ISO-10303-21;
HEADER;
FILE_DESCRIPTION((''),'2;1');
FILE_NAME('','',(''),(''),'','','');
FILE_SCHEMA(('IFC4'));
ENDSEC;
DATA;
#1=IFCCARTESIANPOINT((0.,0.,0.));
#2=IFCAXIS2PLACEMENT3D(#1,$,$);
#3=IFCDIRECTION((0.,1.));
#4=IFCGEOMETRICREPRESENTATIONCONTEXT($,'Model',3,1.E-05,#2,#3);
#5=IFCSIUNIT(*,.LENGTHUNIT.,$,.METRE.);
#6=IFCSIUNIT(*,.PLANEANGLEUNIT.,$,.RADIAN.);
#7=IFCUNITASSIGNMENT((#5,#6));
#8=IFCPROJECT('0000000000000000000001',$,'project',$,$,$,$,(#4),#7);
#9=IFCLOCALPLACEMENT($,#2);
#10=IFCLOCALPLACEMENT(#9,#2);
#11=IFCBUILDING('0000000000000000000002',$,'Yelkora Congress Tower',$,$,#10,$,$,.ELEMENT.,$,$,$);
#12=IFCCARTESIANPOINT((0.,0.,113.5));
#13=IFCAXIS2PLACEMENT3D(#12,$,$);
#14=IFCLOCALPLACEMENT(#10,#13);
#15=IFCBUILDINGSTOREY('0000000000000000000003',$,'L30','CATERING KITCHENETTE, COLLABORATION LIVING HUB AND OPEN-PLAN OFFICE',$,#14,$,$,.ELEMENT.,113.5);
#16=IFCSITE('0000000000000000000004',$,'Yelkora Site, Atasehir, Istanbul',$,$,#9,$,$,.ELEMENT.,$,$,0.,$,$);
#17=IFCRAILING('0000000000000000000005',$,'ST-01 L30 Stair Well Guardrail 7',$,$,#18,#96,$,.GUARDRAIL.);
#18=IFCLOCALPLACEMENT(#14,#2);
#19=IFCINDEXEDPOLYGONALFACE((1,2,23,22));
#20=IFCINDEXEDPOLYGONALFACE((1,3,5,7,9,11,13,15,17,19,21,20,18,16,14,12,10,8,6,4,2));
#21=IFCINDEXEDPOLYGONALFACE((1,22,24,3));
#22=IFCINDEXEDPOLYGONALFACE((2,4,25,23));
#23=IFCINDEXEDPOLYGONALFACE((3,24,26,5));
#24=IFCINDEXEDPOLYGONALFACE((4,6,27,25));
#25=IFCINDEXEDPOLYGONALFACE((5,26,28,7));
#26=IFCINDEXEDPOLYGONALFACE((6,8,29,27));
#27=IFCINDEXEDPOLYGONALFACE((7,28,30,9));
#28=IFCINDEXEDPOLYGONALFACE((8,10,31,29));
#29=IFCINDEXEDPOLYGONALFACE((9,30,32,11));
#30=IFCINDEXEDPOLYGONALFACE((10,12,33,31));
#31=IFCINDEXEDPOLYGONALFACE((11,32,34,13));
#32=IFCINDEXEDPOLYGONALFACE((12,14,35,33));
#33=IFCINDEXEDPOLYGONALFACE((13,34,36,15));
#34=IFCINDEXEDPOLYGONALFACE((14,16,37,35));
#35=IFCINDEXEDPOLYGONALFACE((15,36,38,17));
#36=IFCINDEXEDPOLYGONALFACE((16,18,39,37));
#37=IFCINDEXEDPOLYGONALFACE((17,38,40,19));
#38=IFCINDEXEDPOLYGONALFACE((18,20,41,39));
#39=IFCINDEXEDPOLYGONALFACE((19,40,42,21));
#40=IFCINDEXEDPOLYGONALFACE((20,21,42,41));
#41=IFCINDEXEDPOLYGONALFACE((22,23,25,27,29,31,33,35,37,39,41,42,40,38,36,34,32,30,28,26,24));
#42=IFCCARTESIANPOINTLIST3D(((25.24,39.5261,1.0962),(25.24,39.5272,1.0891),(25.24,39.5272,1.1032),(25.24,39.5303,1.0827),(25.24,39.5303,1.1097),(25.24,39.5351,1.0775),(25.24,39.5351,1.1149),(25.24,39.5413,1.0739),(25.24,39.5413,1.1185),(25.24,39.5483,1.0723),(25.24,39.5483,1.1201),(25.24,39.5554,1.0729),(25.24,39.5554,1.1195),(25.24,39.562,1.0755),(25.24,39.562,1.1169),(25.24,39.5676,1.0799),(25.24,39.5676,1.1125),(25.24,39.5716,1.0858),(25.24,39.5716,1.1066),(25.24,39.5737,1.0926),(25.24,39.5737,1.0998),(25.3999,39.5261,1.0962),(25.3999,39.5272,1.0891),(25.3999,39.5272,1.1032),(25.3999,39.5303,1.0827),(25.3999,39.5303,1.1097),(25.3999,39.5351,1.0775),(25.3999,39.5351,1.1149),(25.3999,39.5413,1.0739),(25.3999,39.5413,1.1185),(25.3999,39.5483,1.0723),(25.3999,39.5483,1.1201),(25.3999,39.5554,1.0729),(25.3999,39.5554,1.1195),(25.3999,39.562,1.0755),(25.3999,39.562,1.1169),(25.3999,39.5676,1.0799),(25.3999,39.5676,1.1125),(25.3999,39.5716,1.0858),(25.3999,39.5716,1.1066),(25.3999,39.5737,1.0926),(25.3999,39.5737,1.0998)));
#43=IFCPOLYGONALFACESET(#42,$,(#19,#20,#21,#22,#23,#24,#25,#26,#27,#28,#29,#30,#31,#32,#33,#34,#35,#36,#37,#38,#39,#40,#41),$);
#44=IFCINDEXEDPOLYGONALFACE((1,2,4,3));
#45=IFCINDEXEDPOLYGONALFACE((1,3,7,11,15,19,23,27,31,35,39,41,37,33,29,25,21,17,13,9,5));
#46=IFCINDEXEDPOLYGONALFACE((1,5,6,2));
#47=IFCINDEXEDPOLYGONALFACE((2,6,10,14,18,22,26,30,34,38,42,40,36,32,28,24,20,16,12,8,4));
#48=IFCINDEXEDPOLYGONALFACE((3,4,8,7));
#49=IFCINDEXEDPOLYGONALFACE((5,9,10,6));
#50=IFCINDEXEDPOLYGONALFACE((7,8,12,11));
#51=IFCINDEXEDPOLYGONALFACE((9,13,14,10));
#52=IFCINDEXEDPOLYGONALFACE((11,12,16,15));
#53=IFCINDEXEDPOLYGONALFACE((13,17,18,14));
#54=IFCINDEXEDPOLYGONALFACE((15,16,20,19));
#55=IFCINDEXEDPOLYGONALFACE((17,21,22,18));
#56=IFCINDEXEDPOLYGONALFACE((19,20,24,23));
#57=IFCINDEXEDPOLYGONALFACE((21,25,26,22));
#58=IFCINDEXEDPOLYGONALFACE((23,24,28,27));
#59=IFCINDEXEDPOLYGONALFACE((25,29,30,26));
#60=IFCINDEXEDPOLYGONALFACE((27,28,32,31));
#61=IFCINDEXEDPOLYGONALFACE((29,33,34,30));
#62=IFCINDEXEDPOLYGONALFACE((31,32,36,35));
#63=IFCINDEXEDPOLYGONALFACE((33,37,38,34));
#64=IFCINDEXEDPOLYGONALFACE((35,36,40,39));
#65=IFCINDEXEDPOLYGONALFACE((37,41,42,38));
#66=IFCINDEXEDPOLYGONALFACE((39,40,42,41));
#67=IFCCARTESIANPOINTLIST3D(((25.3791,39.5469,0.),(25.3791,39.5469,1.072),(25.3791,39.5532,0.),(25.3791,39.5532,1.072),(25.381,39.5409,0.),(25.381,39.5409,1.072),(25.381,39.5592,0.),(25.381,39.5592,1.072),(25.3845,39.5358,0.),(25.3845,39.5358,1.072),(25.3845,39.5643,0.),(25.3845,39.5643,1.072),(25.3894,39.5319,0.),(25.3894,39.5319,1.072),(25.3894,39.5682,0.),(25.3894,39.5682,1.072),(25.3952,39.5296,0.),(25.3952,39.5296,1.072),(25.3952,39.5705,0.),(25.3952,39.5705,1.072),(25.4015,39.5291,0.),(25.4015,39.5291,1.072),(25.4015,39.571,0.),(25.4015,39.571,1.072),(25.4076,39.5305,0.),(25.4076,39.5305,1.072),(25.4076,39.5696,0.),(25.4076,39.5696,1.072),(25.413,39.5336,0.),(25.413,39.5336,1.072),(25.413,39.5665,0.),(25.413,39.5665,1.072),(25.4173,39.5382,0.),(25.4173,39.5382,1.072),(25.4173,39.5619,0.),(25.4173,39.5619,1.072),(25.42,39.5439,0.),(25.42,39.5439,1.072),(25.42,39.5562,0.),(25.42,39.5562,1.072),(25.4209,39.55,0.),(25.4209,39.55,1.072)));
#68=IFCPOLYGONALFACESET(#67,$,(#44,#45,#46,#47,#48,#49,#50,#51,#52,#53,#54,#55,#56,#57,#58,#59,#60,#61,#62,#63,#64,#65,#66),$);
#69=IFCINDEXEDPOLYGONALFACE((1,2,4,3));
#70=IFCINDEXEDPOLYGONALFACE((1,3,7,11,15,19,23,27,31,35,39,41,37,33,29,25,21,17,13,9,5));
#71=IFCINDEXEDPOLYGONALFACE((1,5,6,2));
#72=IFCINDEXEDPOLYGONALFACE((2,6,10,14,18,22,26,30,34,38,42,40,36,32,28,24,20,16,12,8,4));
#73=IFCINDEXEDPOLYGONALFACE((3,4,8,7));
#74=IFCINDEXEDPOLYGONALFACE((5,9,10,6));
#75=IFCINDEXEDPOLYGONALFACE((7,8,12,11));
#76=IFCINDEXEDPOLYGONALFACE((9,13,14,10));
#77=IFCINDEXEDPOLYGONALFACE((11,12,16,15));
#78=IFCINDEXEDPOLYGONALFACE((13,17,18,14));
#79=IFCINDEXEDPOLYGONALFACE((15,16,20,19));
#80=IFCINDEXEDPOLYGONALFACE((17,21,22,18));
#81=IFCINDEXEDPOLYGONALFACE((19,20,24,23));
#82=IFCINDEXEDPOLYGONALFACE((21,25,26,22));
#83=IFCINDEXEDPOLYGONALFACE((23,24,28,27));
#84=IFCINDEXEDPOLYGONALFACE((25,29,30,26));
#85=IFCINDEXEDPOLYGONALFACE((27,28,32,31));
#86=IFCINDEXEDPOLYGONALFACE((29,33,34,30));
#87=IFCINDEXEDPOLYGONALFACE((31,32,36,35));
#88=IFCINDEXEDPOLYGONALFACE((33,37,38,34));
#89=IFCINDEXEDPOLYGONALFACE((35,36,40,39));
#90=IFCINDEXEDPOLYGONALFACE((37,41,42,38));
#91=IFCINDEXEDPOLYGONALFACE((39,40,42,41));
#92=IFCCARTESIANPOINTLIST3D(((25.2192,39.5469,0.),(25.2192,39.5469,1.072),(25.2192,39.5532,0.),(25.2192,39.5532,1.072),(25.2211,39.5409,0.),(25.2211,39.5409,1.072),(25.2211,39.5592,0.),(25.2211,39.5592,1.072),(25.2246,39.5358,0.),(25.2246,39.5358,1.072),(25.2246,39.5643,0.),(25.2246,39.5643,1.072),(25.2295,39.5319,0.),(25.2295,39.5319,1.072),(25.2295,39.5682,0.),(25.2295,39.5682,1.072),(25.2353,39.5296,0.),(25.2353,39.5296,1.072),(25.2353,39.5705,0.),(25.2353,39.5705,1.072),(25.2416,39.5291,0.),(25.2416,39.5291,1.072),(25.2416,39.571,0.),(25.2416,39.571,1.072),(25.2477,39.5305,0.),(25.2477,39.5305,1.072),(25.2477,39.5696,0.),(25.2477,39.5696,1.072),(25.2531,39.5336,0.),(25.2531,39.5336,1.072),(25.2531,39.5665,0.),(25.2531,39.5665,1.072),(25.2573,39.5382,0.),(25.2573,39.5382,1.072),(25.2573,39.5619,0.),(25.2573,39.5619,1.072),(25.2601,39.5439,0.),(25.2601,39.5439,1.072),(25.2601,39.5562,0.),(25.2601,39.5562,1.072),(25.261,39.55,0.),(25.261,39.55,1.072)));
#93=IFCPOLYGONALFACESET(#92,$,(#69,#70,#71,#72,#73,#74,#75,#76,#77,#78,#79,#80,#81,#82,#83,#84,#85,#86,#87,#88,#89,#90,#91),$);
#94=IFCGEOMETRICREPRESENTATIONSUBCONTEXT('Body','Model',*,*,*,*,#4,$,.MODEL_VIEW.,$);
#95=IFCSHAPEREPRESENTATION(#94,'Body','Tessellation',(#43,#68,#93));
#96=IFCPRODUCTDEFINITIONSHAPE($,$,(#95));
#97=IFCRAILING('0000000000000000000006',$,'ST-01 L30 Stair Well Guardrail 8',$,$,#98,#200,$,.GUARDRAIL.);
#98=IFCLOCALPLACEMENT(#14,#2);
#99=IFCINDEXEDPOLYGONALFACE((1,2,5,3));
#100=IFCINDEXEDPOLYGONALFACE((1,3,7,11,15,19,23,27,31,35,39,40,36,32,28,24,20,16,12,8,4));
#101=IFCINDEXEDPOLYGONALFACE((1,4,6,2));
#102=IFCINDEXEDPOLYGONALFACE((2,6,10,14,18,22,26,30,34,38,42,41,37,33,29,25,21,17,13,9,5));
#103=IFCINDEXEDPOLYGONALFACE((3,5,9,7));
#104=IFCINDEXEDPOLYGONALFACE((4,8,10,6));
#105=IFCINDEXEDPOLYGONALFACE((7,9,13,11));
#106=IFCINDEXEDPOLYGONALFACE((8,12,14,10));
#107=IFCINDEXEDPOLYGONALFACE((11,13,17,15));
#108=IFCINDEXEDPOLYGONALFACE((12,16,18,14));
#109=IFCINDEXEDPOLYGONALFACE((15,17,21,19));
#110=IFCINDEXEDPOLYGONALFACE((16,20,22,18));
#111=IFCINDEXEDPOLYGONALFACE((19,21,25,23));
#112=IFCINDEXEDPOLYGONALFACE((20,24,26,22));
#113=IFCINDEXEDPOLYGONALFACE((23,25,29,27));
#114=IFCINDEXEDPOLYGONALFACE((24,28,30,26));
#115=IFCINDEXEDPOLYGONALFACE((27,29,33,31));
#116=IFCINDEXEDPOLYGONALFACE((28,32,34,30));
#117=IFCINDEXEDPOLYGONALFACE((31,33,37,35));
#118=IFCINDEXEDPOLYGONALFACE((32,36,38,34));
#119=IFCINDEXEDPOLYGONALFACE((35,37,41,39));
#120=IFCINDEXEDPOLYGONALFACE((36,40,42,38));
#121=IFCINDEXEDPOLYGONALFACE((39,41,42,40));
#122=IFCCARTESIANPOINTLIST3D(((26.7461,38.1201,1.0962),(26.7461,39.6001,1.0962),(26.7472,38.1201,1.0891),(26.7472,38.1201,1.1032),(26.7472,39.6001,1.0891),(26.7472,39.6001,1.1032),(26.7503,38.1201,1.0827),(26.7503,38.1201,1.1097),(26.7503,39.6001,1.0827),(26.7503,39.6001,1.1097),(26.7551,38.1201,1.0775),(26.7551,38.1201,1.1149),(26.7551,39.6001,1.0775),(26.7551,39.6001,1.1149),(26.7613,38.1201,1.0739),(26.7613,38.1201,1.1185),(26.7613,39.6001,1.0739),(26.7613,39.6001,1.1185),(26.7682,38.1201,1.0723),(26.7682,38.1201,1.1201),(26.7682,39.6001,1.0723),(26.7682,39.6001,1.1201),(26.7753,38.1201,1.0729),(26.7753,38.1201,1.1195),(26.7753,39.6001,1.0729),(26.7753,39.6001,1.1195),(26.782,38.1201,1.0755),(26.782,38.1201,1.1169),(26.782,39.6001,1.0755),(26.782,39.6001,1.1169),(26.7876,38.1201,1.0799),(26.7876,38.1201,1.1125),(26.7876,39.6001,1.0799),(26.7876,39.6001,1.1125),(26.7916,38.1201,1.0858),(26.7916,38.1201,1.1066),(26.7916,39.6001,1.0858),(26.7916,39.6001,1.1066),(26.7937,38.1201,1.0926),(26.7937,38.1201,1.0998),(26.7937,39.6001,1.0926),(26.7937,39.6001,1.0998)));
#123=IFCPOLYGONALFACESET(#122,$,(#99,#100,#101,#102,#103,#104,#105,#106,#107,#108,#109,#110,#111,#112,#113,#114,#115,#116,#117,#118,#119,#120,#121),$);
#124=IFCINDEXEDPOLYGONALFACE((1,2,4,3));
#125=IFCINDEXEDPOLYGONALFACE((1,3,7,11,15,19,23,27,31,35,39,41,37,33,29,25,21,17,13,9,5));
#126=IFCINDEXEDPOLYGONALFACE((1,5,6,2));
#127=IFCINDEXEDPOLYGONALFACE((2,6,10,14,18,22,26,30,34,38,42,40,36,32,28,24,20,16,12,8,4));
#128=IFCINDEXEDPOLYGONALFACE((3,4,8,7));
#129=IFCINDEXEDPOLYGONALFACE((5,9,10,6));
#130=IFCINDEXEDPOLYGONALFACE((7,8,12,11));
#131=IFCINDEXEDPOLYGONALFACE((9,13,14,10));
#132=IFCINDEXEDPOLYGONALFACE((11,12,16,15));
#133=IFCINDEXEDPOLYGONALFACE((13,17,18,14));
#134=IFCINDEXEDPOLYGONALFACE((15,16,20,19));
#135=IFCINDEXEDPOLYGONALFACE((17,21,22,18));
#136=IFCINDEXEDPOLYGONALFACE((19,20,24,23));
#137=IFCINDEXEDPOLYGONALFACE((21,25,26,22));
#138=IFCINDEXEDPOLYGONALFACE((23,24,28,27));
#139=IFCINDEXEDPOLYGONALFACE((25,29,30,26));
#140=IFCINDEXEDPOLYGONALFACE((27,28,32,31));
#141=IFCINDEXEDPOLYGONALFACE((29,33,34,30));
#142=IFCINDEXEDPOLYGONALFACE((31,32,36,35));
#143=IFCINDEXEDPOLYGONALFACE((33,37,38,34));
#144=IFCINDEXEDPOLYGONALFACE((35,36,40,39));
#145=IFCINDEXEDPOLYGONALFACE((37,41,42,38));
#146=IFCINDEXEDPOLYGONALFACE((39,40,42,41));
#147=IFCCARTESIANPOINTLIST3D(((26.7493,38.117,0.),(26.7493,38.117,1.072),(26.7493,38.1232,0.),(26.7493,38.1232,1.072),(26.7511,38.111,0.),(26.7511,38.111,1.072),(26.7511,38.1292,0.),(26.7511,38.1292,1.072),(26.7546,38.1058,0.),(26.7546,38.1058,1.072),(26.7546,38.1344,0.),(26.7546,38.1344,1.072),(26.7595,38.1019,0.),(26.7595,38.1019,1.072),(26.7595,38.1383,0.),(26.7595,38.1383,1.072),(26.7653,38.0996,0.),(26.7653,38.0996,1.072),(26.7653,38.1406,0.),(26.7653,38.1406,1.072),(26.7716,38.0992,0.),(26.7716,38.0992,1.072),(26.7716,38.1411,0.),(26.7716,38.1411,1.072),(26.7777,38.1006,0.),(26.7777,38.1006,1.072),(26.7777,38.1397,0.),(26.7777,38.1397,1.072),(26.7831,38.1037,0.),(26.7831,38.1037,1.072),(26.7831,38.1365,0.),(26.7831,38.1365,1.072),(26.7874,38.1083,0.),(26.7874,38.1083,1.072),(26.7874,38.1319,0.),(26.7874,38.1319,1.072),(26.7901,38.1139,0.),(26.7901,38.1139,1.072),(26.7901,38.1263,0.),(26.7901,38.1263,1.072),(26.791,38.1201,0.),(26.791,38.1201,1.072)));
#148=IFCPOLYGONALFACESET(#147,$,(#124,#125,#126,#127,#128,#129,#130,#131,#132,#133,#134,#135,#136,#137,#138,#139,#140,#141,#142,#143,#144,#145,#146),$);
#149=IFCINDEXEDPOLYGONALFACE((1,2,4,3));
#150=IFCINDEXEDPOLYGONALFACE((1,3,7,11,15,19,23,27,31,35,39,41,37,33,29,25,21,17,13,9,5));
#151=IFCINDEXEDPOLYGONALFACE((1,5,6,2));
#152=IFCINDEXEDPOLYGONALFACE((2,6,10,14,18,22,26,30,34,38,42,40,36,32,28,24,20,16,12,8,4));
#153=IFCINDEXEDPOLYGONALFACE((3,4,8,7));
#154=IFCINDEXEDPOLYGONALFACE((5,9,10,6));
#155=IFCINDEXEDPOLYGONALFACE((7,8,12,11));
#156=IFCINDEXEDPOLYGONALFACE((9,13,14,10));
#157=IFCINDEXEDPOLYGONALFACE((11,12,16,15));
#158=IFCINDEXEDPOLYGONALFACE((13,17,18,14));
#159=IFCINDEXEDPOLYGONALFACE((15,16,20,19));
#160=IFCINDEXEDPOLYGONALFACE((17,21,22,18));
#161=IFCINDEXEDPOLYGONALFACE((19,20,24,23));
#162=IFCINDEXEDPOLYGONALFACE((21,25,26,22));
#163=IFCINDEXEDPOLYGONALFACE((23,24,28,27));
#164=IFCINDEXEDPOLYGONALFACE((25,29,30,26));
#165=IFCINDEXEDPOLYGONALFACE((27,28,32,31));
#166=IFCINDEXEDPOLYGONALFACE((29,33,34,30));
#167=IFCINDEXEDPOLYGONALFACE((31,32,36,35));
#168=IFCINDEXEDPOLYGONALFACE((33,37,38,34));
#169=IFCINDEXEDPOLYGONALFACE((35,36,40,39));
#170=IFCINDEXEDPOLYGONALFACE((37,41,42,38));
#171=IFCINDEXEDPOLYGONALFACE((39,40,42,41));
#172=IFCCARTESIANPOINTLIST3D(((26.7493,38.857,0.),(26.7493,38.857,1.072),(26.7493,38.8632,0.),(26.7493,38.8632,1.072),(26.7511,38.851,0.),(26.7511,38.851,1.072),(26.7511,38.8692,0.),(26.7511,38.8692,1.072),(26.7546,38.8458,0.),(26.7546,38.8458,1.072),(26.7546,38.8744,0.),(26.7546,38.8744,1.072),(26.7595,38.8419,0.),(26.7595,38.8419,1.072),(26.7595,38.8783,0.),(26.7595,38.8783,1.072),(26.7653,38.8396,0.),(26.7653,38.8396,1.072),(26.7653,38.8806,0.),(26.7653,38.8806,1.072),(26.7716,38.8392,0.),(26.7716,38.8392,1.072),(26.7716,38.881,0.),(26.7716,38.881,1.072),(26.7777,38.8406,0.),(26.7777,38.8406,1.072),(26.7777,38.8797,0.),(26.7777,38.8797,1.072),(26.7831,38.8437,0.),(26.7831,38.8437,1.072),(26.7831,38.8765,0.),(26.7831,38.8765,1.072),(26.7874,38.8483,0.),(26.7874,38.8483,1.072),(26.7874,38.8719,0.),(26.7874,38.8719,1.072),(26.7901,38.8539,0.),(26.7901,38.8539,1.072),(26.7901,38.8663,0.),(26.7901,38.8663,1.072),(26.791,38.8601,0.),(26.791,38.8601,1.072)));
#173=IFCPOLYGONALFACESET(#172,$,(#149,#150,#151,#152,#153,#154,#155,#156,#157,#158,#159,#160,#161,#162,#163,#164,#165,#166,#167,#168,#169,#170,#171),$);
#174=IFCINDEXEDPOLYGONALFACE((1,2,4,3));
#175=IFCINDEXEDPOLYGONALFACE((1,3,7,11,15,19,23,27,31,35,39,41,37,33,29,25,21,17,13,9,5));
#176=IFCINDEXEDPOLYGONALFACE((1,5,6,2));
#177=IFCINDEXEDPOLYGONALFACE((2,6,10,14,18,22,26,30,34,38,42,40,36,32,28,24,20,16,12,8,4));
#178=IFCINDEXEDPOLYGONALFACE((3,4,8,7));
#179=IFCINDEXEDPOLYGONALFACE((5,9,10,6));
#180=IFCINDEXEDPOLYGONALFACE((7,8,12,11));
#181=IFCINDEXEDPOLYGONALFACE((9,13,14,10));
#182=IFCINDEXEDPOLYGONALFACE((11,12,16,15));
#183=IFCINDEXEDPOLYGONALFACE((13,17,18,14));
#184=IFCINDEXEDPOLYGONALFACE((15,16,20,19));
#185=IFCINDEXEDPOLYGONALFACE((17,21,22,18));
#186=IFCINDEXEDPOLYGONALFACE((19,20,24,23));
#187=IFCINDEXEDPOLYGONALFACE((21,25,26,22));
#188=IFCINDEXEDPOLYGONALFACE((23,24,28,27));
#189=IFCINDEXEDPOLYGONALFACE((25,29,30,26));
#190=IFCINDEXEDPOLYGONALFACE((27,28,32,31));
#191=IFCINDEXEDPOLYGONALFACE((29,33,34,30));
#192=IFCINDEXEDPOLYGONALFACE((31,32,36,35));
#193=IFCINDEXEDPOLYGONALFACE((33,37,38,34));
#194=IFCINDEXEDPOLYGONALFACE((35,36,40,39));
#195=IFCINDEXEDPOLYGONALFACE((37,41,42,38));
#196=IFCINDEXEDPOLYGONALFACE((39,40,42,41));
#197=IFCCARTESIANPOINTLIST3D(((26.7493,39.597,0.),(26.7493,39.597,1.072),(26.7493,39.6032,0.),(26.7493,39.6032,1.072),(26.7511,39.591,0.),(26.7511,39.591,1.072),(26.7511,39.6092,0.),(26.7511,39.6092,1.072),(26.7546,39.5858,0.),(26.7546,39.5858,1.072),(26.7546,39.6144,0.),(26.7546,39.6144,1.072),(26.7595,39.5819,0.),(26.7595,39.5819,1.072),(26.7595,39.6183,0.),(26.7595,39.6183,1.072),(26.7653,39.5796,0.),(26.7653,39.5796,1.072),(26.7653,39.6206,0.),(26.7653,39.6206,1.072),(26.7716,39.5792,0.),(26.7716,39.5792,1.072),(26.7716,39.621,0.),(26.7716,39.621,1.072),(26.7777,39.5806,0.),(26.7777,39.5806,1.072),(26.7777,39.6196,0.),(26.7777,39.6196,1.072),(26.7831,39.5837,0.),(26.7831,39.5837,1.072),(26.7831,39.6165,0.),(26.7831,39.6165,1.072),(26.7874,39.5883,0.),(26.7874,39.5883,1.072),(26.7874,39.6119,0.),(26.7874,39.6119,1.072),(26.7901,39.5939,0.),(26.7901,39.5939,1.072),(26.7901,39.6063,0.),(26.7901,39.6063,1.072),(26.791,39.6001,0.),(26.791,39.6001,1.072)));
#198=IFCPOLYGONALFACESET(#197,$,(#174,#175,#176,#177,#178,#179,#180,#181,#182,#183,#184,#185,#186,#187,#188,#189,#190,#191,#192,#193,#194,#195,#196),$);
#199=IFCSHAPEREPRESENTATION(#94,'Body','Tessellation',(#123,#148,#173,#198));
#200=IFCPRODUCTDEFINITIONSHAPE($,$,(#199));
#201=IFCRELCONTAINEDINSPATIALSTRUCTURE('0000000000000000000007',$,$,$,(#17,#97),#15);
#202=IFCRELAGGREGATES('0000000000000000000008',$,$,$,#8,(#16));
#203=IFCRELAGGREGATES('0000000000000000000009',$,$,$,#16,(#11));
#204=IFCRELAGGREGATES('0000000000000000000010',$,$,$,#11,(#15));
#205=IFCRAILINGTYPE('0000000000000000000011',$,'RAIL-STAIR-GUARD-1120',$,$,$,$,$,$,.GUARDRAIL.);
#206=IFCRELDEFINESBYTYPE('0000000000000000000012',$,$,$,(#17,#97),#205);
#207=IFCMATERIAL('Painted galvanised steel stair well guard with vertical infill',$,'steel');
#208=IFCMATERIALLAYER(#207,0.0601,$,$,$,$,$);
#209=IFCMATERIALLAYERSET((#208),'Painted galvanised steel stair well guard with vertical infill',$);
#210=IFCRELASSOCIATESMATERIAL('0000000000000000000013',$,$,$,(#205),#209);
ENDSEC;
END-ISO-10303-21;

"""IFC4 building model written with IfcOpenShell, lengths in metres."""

from ifc_helpers import new_model, si_unit, direction, frame, origin, origin_2d, place, context, subcontext, project, spatial, circle, extrude, material, layer, layer_set, type_object, element, save


model = new_model("IFC4")

# Units and contexts
model_context = context("Model", 3, precision=1e-05, world=origin(), true_north=direction((0.0, 1.0)))
body_context = subcontext(model_context, "Body", "Model", "MODEL_VIEW")
ifc_project = project(units=[si_unit("LENGTHUNIT", "METRE"), si_unit("PLANEANGLEUNIT", "RADIAN")], contexts=[model_context])

# Site, building, storey
site_placement = place(None, origin())
site = spatial("IfcSite", under=ifc_project, at=site_placement, Name="Yelkora Site, Atasehir, Istanbul", CompositionType="ELEMENT", RefElevation=0.0)
building_placement = place(site_placement, origin())
building = spatial("IfcBuilding", under=site, at=building_placement, Name="Yelkora Congress Tower", CompositionType="ELEMENT")
storey_placement = place(building_placement, frame((0.0, 0.0, 113.5)))
storey = spatial("IfcBuildingStorey", under=building, at=storey_placement, Name="L30", Description="CATERING KITCHENETTE, COLLABORATION LIVING HUB AND OPEN-PLAN OFFICE", CompositionType="ELEMENT", Elevation=113.5)

# Railings
ifc_material_1 = material(Name="Painted galvanised steel stair well guard with vertical infill", Category="steel")
ifc_layer_1 = layer(ifc_material_1, 0.0601)
ifc_layer_set_1 = layer_set([ifc_layer_1], Name="Painted galvanised steel stair well guard with vertical infill")
railing_type_1 = type_object("IfcRailingType", Name="RAIL-STAIR-GUARD-1120", PredefinedType="GUARDRAIL", material=ifc_layer_set_1)
railing_1_placement = place(storey_placement, frame((25.3999, 39.55, 0.0)))
element("IfcRailing", 1, at=railing_1_placement, inside=storey, type_object=railing_type_1, Name="ST-01 L30 Stair Well Guardrail 7", PredefinedType="GUARDRAIL", context=body_context, shape_type="SweptSolid", body=[
    extrude(circle(Radius=0.0239, at=origin_2d()), frame((0.0, 0.0, 1.0962), z_axis=(-1.0, 0.0, 0.0), x_axis=(0.0, -1.0, 0.0)), (0.0, 0.0, 1.0), 0.1599),
    extrude(circle(Radius=0.021, at=origin_2d()), origin(), (0.0, 0.0, 1.0), 1.072),
    extrude(circle(Radius=0.021, at=origin_2d()), frame((-0.1599, 0.0, 0.0)), (0.0, 0.0, 1.0), 1.072),
])
railing_2_placement = place(storey_placement, frame((26.77, 38.1201, 0.0)))
element("IfcRailing", 2, at=railing_2_placement, inside=storey, type_object=railing_type_1, Name="ST-01 L30 Stair Well Guardrail 8", PredefinedType="GUARDRAIL", context=body_context, shape_type="SweptSolid", body=[
    extrude(circle(Radius=0.0239, at=origin_2d()), frame((0.0, 0.0, 1.0962), z_axis=(0.0, 1.0, 0.0), x_axis=(-1.0, 0.0, 0.0)), (0.0, 0.0, 1.0), 1.48),
    extrude(circle(Radius=0.021, at=origin_2d()), origin(), (0.0, 0.0, 1.0), 1.072),
    extrude(circle(Radius=0.021, at=origin_2d()), frame((0.0, 0.74, 0.0)), (0.0, 0.0, 1.0), 1.072),
    extrude(circle(Radius=0.021, at=origin_2d()), frame((0.0, 1.48, 0.0)), (0.0, 0.0, 1.0), 1.072),
])

save(model, "model.ifc")
